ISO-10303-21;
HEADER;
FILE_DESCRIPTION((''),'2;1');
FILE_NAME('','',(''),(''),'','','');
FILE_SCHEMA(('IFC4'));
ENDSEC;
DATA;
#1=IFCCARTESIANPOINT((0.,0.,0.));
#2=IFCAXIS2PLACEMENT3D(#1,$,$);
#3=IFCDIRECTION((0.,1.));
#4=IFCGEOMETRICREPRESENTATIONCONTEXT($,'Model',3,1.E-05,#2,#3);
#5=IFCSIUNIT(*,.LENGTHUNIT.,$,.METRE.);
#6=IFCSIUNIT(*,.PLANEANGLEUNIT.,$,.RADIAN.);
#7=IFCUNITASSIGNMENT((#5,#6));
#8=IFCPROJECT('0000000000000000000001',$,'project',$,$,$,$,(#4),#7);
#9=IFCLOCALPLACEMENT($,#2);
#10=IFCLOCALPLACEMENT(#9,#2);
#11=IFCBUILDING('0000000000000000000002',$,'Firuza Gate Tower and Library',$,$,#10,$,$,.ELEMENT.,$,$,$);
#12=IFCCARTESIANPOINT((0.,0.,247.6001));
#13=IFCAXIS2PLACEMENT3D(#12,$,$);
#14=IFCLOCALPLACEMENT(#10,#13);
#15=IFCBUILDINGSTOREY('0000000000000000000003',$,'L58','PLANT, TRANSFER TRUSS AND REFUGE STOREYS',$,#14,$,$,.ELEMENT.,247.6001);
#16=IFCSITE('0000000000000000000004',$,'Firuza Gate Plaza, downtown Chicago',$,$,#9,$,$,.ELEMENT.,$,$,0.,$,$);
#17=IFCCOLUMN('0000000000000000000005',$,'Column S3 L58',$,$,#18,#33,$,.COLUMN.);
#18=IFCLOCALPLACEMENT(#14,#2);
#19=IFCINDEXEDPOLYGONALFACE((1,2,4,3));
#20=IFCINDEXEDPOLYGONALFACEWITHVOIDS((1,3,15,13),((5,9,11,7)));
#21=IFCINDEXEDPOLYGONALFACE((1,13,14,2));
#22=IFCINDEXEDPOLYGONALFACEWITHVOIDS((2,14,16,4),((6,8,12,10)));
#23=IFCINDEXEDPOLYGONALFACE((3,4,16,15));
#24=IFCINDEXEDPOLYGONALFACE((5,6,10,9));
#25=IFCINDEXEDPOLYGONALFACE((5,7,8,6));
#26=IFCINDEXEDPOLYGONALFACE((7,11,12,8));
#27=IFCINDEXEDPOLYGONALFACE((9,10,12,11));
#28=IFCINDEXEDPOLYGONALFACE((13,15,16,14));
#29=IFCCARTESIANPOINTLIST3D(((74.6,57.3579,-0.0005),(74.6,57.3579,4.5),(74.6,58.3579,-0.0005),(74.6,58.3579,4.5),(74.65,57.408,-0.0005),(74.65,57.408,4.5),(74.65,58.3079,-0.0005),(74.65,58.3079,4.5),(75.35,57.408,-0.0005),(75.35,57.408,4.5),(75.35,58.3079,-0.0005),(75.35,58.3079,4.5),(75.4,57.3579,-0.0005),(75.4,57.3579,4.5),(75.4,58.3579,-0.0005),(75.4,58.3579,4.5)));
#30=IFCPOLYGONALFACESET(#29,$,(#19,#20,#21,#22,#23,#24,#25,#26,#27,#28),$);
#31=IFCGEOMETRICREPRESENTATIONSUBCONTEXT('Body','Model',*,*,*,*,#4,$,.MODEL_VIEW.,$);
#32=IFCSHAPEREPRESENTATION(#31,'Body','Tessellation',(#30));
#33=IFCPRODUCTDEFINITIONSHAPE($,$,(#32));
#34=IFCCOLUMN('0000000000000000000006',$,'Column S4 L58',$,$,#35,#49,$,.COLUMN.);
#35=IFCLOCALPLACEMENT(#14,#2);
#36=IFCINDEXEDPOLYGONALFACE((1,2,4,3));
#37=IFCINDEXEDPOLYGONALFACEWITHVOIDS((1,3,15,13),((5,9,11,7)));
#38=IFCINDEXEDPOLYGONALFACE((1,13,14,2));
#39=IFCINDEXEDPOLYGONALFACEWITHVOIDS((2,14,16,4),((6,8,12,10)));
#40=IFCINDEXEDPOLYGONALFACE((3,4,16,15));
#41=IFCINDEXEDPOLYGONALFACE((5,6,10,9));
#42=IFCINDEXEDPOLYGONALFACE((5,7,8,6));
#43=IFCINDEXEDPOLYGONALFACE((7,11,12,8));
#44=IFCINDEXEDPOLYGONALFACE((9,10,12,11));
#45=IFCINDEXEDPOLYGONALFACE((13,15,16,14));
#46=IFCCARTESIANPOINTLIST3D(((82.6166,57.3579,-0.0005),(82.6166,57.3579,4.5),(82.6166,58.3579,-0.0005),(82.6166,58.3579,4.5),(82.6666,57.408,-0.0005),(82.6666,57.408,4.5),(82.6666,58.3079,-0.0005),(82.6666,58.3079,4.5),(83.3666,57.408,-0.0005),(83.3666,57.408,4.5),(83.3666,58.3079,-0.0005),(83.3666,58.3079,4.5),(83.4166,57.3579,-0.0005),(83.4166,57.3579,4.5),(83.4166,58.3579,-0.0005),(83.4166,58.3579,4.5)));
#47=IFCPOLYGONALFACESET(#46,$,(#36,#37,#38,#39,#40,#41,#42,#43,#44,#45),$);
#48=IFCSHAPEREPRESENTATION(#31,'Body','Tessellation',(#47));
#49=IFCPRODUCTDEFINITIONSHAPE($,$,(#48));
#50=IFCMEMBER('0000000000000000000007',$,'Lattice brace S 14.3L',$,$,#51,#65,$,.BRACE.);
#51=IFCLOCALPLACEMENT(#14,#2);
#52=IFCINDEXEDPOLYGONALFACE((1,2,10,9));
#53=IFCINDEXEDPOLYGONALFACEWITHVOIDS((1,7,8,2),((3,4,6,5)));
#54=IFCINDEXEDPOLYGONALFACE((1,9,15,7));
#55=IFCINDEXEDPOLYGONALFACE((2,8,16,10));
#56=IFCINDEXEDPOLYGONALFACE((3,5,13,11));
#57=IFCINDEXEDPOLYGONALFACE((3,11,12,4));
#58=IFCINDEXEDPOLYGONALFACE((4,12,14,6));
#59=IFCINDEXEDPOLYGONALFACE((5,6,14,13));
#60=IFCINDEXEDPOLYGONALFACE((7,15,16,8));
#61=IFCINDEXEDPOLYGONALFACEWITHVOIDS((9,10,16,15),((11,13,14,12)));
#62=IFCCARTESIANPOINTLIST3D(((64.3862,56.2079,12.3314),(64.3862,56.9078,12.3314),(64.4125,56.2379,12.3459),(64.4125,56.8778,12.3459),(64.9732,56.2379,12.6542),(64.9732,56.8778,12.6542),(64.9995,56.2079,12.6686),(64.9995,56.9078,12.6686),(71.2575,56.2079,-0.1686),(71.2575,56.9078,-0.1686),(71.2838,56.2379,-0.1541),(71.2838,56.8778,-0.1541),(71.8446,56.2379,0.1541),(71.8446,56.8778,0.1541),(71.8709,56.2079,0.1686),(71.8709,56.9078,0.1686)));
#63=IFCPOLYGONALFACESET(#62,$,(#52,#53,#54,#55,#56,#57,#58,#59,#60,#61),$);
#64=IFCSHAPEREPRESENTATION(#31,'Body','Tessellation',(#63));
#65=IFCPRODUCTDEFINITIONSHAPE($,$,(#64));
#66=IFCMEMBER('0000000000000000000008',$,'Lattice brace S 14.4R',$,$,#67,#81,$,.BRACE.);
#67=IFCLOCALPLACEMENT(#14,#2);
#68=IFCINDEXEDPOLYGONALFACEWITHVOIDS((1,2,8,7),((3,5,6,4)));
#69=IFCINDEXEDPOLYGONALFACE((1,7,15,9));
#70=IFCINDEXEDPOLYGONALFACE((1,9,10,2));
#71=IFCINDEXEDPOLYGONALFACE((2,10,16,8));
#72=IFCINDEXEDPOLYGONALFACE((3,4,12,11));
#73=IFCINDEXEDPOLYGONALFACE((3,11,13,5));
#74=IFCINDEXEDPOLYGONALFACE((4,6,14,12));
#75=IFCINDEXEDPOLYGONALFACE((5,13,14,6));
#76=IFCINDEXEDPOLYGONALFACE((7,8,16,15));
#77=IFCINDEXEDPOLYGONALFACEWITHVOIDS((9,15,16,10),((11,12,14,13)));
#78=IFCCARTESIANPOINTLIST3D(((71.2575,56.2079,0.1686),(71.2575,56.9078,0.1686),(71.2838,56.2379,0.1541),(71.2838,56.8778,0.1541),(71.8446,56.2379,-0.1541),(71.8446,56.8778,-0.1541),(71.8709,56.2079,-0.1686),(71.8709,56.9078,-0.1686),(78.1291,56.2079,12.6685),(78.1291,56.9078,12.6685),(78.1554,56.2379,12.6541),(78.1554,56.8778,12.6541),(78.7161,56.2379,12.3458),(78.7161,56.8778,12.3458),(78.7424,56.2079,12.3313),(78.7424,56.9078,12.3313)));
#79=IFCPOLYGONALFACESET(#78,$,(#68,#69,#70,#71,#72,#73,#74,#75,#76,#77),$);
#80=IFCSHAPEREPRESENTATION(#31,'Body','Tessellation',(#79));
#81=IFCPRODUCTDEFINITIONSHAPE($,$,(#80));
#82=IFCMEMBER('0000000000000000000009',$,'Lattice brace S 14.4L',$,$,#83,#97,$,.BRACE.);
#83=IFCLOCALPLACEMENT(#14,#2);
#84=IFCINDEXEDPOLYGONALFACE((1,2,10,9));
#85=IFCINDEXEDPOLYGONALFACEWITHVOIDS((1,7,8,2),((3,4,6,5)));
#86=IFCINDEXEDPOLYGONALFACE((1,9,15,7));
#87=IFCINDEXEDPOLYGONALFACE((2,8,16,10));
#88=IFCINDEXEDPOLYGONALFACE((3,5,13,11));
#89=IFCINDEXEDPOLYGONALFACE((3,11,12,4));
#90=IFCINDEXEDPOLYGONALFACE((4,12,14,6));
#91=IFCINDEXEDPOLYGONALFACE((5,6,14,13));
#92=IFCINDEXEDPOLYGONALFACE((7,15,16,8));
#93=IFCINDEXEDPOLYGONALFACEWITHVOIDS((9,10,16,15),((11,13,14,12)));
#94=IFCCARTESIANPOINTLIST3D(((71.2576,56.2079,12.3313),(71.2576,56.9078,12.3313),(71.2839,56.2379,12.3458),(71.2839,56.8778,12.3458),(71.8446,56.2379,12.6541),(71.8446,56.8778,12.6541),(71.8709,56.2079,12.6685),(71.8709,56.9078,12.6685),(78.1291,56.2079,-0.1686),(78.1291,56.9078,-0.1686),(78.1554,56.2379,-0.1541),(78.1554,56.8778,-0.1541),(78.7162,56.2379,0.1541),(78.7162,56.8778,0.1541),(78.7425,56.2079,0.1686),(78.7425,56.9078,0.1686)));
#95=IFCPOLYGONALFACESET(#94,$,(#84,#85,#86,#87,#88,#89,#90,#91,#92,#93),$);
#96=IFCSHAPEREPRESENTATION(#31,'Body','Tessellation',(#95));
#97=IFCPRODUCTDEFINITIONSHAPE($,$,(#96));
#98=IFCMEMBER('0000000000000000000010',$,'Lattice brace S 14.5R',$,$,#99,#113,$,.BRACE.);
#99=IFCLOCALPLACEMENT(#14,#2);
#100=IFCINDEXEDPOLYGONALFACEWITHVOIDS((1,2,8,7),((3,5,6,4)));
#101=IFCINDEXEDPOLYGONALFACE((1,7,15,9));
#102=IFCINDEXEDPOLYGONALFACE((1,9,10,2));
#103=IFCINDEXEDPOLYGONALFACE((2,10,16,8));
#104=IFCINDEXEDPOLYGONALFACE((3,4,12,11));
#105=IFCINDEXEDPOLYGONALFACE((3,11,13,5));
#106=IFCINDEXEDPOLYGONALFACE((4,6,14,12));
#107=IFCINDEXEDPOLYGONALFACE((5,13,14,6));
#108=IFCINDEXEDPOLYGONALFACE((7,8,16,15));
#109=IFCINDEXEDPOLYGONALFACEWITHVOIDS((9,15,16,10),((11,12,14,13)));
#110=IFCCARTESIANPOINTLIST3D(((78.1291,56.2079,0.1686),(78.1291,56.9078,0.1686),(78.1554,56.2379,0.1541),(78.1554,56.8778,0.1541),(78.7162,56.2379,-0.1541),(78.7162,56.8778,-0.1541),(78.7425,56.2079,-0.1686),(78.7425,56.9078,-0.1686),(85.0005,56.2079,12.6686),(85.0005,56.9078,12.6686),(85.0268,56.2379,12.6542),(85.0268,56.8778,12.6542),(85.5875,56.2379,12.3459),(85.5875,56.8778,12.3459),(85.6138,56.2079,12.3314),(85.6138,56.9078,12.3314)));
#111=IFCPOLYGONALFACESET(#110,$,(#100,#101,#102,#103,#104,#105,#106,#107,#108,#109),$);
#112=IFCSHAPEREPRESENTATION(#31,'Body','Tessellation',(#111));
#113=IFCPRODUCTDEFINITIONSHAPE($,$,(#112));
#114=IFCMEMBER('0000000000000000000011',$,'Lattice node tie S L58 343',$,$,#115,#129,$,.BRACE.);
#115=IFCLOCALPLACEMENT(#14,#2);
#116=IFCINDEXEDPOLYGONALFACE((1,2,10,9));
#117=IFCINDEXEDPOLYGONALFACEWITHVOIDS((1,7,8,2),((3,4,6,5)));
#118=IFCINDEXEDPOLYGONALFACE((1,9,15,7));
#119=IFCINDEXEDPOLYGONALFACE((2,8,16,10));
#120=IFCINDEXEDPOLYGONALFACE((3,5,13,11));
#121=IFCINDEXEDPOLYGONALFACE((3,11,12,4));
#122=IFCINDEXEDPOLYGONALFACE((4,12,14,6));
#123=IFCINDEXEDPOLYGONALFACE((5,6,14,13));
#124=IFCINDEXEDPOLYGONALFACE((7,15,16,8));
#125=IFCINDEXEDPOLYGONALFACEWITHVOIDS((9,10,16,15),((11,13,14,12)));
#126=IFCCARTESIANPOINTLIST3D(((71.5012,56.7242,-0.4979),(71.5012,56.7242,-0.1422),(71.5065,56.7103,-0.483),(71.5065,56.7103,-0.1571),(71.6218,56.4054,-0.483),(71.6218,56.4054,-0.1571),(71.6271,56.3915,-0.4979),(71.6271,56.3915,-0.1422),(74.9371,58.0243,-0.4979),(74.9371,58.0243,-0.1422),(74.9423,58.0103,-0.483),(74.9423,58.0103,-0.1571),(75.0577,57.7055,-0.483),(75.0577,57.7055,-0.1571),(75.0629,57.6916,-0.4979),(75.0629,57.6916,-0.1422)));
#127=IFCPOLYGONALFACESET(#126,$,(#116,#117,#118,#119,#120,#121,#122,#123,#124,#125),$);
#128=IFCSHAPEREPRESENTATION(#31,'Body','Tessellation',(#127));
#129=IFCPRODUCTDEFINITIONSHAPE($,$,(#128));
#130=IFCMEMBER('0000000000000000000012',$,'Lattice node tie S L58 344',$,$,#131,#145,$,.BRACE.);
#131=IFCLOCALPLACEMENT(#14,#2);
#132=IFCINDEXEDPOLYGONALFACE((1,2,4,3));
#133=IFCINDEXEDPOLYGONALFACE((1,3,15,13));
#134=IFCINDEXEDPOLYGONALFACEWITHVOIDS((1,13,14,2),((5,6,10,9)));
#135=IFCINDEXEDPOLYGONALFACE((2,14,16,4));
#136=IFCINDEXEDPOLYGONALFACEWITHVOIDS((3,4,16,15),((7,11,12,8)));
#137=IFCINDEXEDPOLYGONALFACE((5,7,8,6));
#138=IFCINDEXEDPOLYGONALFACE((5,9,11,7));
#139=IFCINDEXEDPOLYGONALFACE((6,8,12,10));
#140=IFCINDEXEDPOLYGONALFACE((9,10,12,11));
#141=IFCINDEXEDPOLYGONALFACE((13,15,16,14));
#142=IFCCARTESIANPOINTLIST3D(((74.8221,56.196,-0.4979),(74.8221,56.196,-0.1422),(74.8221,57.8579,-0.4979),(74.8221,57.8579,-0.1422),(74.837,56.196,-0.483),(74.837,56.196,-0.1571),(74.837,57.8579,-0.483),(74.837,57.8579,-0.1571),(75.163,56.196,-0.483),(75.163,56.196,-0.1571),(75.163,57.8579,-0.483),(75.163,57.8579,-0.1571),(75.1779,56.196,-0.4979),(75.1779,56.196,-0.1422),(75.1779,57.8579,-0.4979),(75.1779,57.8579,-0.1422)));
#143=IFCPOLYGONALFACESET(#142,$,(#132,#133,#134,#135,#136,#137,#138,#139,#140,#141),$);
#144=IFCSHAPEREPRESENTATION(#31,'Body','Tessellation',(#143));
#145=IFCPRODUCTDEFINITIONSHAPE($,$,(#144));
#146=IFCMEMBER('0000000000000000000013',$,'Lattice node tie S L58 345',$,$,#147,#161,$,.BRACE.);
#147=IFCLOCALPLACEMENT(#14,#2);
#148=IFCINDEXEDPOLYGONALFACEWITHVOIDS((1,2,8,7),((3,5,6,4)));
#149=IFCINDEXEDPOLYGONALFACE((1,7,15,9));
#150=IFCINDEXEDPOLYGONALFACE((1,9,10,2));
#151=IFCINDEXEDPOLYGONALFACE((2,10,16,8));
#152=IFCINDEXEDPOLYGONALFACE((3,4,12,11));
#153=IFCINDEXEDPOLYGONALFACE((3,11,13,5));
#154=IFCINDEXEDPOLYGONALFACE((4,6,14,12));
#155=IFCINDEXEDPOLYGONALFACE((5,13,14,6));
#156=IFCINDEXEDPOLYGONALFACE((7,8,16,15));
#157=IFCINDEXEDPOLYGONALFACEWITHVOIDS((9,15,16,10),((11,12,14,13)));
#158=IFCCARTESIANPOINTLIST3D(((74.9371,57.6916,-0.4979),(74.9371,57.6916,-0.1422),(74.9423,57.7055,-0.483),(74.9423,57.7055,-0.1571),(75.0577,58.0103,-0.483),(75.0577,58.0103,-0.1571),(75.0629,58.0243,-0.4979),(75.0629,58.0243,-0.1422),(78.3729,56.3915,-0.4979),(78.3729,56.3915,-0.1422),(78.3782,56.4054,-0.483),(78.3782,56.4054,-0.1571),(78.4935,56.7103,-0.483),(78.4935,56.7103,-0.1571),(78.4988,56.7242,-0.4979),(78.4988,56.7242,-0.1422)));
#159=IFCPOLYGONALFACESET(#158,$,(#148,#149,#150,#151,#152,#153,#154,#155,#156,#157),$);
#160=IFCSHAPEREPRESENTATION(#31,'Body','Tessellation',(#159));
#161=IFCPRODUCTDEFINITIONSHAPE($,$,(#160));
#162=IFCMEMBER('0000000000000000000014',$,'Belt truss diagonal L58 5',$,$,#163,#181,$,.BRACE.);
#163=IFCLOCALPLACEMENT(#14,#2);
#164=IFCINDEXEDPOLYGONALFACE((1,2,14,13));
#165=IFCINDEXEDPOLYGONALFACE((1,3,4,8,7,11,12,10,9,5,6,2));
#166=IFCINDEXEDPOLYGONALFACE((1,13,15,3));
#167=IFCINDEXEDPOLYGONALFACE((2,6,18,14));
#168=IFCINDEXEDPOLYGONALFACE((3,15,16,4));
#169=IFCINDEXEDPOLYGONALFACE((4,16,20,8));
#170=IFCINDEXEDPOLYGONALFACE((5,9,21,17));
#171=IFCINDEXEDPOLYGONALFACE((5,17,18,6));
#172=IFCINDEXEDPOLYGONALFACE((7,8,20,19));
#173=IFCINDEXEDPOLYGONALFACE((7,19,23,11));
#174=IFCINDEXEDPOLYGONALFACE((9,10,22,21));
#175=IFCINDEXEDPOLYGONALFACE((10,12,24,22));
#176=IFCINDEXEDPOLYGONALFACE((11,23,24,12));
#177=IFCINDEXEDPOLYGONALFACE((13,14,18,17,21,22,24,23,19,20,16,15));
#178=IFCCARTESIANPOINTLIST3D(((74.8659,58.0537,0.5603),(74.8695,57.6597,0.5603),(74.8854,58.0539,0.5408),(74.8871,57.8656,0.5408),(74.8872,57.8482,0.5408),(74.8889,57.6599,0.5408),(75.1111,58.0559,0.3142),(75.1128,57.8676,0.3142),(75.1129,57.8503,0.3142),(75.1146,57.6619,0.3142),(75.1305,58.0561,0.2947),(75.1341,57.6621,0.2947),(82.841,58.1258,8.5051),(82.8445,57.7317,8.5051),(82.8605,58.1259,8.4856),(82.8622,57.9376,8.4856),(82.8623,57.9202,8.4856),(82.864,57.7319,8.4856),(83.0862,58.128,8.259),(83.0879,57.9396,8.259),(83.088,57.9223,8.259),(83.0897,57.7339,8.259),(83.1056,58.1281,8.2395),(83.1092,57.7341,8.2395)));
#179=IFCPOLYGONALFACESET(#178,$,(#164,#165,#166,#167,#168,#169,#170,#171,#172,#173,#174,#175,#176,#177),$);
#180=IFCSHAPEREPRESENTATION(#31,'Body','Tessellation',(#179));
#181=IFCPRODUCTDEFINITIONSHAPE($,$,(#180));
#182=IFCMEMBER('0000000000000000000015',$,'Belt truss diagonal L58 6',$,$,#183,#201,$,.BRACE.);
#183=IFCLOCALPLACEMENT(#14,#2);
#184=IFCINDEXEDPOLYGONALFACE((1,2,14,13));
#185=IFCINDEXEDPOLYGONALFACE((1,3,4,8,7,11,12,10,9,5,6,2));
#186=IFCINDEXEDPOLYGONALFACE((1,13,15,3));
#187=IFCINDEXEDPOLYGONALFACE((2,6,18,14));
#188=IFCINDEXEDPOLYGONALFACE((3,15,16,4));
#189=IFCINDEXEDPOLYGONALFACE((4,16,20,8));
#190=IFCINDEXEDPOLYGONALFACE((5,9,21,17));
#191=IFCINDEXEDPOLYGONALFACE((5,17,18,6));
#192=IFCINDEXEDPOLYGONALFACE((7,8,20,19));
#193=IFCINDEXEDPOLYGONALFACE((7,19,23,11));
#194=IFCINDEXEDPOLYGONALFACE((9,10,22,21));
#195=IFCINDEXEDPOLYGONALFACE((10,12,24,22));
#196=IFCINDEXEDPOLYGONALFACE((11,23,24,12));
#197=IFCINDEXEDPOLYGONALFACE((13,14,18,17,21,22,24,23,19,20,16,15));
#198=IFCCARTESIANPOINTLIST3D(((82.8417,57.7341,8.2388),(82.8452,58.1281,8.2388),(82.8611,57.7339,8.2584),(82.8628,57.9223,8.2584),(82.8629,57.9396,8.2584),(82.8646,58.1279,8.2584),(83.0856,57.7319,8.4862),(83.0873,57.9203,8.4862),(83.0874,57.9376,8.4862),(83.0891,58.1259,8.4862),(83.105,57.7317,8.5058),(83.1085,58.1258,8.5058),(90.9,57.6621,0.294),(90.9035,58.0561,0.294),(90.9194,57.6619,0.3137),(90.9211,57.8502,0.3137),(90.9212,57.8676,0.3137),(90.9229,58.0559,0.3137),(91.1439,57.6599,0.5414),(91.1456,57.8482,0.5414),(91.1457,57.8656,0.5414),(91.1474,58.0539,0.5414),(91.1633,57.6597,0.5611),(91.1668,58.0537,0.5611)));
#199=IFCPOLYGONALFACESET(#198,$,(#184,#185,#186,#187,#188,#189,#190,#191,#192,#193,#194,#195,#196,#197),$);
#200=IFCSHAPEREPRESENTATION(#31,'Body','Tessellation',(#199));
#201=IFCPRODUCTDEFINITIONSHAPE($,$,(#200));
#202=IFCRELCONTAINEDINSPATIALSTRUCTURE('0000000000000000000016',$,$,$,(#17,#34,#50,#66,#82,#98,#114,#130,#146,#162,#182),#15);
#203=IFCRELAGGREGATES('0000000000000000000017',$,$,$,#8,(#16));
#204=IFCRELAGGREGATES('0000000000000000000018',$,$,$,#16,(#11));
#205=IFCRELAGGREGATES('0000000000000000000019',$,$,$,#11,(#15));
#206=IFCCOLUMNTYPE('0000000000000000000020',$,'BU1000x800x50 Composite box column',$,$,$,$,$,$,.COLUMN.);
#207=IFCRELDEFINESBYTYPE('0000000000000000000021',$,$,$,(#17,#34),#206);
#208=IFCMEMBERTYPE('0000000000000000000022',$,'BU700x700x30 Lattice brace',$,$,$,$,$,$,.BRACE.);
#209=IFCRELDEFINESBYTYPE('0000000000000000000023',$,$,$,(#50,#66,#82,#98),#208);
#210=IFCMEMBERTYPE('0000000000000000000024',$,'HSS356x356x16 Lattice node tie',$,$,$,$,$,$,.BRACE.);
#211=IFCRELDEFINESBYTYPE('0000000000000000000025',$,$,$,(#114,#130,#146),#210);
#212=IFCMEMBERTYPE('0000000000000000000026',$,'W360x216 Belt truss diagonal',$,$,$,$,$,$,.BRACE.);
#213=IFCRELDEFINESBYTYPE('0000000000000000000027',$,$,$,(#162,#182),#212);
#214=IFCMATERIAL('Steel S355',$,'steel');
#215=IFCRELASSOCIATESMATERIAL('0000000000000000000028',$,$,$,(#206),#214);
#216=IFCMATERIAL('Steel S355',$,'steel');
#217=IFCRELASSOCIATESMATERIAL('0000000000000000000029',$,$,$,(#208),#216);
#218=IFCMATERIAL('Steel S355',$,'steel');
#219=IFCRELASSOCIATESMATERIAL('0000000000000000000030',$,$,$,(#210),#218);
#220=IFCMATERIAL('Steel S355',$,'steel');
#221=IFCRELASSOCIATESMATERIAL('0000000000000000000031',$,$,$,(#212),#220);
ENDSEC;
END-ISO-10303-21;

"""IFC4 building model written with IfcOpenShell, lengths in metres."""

from ifc_helpers import new_model, si_unit, direction, frame, origin, origin_2d, place, context, subcontext, project, spatial, hollow_rectangle, i_section, extrude, material, material_profile, profile_set, type_object, element, save


model = new_model("IFC4")

# Units and contexts
model_context = context("Model", 3, precision=1e-05, world=origin(), true_north=direction((0.0, 1.0)))
body_context = subcontext(model_context, "Body", "Model", "MODEL_VIEW")
ifc_project = project(units=[si_unit("LENGTHUNIT", "METRE"), si_unit("PLANEANGLEUNIT", "RADIAN")], contexts=[model_context])

# Site, building, storey
site_placement = place(None, origin())
site = spatial("IfcSite", under=ifc_project, at=site_placement, Name="Firuza Gate Plaza, downtown Chicago", CompositionType="ELEMENT", RefElevation=0.0)
building_placement = place(site_placement, origin())
building = spatial("IfcBuilding", under=site, at=building_placement, Name="Firuza Gate Tower and Library", CompositionType="ELEMENT")
storey_placement = place(building_placement, frame((0.0, 0.0, 247.6001)))
storey = spatial("IfcBuildingStorey", under=building, at=storey_placement, Name="L58", Description="PLANT, TRANSFER TRUSS AND REFUGE STOREYS", CompositionType="ELEMENT", Elevation=247.6001)

# Columns
ifc_material_1 = material(Name="Steel S355", Category="steel")
ifc_material_profile_1 = material_profile(ifc_material_1, hollow_rectangle(XDim=0.8, YDim=1.0, WallThickness=0.05, at=origin_2d()))
ifc_profile_set_1 = profile_set([ifc_material_profile_1], Name="Steel S355")
column_type = type_object("IfcColumnType", Name="BU1000x800x50 Composite box column", PredefinedType="COLUMN", material=ifc_profile_set_1)
for number, where, z_axis, x_axis, name in (
    (1, (75.0, 57.8579, -0.0005), (0.0, 0.0, 1.0), (1.0, 0.0, 0.0), "Column S3 L58"),
    (2, (83.0166, 57.8579, -0.0005), (0.0, 0.0, 1.0), (1.0, 0.0, 0.0), "Column S4 L58"),
):
    element("IfcColumn", number, at=place(storey_placement, frame(where, z_axis=z_axis, x_axis=x_axis)), inside=storey, type_object=column_type, Name=name, PredefinedType="COLUMN", context=body_context, shape_type="SweptSolid", body=[
        extrude(hollow_rectangle(XDim=0.8, YDim=1.0, WallThickness=0.05, at=origin_2d()), origin(), (0.0, 0.0, 1.0), 4.5005),
    ])

# Members
ifc_material_2 = material(Name="Steel S355", Category="steel")
ifc_material_profile_2 = material_profile(ifc_material_2, hollow_rectangle(XDim=0.7, YDim=0.7, WallThickness=0.03, at=origin_2d()))
ifc_profile_set_2 = profile_set([ifc_material_profile_2], Name="Steel S355")
member_type_1 = type_object("IfcMemberType", Name="BU700x700x30 Lattice brace", PredefinedType="BRACE", material=ifc_profile_set_2)
for number, where, z_axis, x_axis, name in (
    (3, (71.5642, 56.5579, 0.0), (-0.481722, 0.0, 0.876324), (0.0, -1.0, 0.0), "Lattice brace S 14.3L"),
    (4, (71.5642, 56.5579, 0.0), (0.481735, 0.0, 0.876317), (0.0, 1.0, 0.0), "Lattice brace S 14.4R"),
    (5, (78.4358, 56.5579, 0.0), (-0.481735, 0.0, 0.876317), (0.0, -1.0, 0.0), "Lattice brace S 14.4L"),
    (6, (78.4358, 56.5579, 0.0), (0.481722, 0.0, 0.876324), (0.0, 1.0, 0.0), "Lattice brace S 14.5R"),
):
    element("IfcMember", number, at=place(storey_placement, frame(where, z_axis=z_axis, x_axis=x_axis)), inside=storey, type_object=member_type_1, Name=name, PredefinedType="BRACE", context=body_context, shape_type="SweptSolid", body=[
        extrude(hollow_rectangle(XDim=0.7, YDim=0.7, WallThickness=0.03, at=origin_2d()), origin(), (0.0, 0.0, 1.0), 14.2642),
    ])
ifc_material_3 = material(Name="Steel S355", Category="steel")
ifc_material_profile_3 = material_profile(ifc_material_3, hollow_rectangle(XDim=0.3557, YDim=0.3557, WallThickness=0.0149, at=origin_2d()))
ifc_profile_set_3 = profile_set([ifc_material_profile_3], Name="Steel S355")
member_type_2 = type_object("IfcMemberType", Name="HSS356x356x16 Lattice node tie", PredefinedType="BRACE", material=ifc_profile_set_3)
member_1_placement = place(storey_placement, frame((75.0, 57.8579, -0.3201), z_axis=(-0.935284, -0.353897, 0.0), x_axis=(0.353897, -0.935284, 0.0)))
element("IfcMember", 7, at=member_1_placement, inside=storey, type_object=member_type_2, Name="Lattice node tie S L58 343", PredefinedType="BRACE", context=body_context, shape_type="SweptSolid", body=[
    extrude(hollow_rectangle(XDim=0.3557, YDim=0.3557, WallThickness=0.0149, at=origin_2d()), origin(), (0.0, 0.0, 1.0), 3.6736),
])
member_2_placement = place(storey_placement, frame((75.0, 57.8579, -0.3201), z_axis=(0.0, -1.0, 0.0), x_axis=(1.0, 0.0, 0.0)))
element("IfcMember", 8, at=member_2_placement, inside=storey, type_object=member_type_2, Name="Lattice node tie S L58 344", PredefinedType="BRACE", context=body_context, shape_type="SweptSolid", body=[
    extrude(hollow_rectangle(XDim=0.3557, YDim=0.3557, WallThickness=0.0149, at=origin_2d()), origin(), (0.0, 0.0, 1.0), 1.6619),
])
member_3_placement = place(storey_placement, frame((75.0, 57.8579, -0.3201), z_axis=(0.935284, -0.353897, 0.0), x_axis=(0.353897, 0.935284, 0.0)))
element("IfcMember", 9, at=member_3_placement, inside=storey, type_object=member_type_2, Name="Lattice node tie S L58 345", PredefinedType="BRACE", context=body_context, shape_type="SweptSolid", body=[
    extrude(hollow_rectangle(XDim=0.3557, YDim=0.3557, WallThickness=0.0149, at=origin_2d()), origin(), (0.0, 0.0, 1.0), 3.6736),
])
ifc_material_4 = material(Name="Steel S355", Category="steel")
ifc_material_profile_4 = material_profile(ifc_material_4, i_section(OverallWidth=0.394, OverallDepth=0.375, WebThickness=0.0173, FlangeThickness=0.0276, at=origin_2d()))
ifc_profile_set_4 = profile_set([ifc_material_profile_4], Name="Steel S355")
member_type_3 = type_object("IfcMemberType", Name="W360x216 Belt truss diagonal", PredefinedType="BRACE", material=ifc_profile_set_4)
member_4_placement = place(storey_placement, frame((75.0, 57.8579, 0.4275), z_axis=(0.708436, 0.006398, 0.705746), x_axis=(-0.00903, 0.999959, 0.0)))
element("IfcMember", 10, at=member_4_placement, inside=storey, type_object=member_type_3, Name="Belt truss diagonal L58 5", PredefinedType="BRACE", context=body_context, shape_type="SweptSolid", body=[
    extrude(i_section(OverallWidth=0.394, OverallDepth=0.375, WebThickness=0.0173, FlangeThickness=0.0276, at=origin_2d()), origin(), (0.0, 0.0, 1.0), 11.2573),
])
member_5_placement = place(storey_placement, frame((82.9751, 57.9299, 8.3723), z_axis=(0.712091, -0.006364, -0.702059), x_axis=(0.008937, 0.99996, 0.0)))
element("IfcMember", 11, at=member_5_placement, inside=storey, type_object=member_type_3, Name="Belt truss diagonal L58 6", PredefinedType="BRACE", context=body_context, shape_type="SweptSolid", body=[
    extrude(i_section(OverallWidth=0.394, OverallDepth=0.375, WebThickness=0.0173, FlangeThickness=0.0276, at=origin_2d()), origin(), (0.0, 0.0, 1.0), 11.3164),
])

save(model, "model.ifc")
